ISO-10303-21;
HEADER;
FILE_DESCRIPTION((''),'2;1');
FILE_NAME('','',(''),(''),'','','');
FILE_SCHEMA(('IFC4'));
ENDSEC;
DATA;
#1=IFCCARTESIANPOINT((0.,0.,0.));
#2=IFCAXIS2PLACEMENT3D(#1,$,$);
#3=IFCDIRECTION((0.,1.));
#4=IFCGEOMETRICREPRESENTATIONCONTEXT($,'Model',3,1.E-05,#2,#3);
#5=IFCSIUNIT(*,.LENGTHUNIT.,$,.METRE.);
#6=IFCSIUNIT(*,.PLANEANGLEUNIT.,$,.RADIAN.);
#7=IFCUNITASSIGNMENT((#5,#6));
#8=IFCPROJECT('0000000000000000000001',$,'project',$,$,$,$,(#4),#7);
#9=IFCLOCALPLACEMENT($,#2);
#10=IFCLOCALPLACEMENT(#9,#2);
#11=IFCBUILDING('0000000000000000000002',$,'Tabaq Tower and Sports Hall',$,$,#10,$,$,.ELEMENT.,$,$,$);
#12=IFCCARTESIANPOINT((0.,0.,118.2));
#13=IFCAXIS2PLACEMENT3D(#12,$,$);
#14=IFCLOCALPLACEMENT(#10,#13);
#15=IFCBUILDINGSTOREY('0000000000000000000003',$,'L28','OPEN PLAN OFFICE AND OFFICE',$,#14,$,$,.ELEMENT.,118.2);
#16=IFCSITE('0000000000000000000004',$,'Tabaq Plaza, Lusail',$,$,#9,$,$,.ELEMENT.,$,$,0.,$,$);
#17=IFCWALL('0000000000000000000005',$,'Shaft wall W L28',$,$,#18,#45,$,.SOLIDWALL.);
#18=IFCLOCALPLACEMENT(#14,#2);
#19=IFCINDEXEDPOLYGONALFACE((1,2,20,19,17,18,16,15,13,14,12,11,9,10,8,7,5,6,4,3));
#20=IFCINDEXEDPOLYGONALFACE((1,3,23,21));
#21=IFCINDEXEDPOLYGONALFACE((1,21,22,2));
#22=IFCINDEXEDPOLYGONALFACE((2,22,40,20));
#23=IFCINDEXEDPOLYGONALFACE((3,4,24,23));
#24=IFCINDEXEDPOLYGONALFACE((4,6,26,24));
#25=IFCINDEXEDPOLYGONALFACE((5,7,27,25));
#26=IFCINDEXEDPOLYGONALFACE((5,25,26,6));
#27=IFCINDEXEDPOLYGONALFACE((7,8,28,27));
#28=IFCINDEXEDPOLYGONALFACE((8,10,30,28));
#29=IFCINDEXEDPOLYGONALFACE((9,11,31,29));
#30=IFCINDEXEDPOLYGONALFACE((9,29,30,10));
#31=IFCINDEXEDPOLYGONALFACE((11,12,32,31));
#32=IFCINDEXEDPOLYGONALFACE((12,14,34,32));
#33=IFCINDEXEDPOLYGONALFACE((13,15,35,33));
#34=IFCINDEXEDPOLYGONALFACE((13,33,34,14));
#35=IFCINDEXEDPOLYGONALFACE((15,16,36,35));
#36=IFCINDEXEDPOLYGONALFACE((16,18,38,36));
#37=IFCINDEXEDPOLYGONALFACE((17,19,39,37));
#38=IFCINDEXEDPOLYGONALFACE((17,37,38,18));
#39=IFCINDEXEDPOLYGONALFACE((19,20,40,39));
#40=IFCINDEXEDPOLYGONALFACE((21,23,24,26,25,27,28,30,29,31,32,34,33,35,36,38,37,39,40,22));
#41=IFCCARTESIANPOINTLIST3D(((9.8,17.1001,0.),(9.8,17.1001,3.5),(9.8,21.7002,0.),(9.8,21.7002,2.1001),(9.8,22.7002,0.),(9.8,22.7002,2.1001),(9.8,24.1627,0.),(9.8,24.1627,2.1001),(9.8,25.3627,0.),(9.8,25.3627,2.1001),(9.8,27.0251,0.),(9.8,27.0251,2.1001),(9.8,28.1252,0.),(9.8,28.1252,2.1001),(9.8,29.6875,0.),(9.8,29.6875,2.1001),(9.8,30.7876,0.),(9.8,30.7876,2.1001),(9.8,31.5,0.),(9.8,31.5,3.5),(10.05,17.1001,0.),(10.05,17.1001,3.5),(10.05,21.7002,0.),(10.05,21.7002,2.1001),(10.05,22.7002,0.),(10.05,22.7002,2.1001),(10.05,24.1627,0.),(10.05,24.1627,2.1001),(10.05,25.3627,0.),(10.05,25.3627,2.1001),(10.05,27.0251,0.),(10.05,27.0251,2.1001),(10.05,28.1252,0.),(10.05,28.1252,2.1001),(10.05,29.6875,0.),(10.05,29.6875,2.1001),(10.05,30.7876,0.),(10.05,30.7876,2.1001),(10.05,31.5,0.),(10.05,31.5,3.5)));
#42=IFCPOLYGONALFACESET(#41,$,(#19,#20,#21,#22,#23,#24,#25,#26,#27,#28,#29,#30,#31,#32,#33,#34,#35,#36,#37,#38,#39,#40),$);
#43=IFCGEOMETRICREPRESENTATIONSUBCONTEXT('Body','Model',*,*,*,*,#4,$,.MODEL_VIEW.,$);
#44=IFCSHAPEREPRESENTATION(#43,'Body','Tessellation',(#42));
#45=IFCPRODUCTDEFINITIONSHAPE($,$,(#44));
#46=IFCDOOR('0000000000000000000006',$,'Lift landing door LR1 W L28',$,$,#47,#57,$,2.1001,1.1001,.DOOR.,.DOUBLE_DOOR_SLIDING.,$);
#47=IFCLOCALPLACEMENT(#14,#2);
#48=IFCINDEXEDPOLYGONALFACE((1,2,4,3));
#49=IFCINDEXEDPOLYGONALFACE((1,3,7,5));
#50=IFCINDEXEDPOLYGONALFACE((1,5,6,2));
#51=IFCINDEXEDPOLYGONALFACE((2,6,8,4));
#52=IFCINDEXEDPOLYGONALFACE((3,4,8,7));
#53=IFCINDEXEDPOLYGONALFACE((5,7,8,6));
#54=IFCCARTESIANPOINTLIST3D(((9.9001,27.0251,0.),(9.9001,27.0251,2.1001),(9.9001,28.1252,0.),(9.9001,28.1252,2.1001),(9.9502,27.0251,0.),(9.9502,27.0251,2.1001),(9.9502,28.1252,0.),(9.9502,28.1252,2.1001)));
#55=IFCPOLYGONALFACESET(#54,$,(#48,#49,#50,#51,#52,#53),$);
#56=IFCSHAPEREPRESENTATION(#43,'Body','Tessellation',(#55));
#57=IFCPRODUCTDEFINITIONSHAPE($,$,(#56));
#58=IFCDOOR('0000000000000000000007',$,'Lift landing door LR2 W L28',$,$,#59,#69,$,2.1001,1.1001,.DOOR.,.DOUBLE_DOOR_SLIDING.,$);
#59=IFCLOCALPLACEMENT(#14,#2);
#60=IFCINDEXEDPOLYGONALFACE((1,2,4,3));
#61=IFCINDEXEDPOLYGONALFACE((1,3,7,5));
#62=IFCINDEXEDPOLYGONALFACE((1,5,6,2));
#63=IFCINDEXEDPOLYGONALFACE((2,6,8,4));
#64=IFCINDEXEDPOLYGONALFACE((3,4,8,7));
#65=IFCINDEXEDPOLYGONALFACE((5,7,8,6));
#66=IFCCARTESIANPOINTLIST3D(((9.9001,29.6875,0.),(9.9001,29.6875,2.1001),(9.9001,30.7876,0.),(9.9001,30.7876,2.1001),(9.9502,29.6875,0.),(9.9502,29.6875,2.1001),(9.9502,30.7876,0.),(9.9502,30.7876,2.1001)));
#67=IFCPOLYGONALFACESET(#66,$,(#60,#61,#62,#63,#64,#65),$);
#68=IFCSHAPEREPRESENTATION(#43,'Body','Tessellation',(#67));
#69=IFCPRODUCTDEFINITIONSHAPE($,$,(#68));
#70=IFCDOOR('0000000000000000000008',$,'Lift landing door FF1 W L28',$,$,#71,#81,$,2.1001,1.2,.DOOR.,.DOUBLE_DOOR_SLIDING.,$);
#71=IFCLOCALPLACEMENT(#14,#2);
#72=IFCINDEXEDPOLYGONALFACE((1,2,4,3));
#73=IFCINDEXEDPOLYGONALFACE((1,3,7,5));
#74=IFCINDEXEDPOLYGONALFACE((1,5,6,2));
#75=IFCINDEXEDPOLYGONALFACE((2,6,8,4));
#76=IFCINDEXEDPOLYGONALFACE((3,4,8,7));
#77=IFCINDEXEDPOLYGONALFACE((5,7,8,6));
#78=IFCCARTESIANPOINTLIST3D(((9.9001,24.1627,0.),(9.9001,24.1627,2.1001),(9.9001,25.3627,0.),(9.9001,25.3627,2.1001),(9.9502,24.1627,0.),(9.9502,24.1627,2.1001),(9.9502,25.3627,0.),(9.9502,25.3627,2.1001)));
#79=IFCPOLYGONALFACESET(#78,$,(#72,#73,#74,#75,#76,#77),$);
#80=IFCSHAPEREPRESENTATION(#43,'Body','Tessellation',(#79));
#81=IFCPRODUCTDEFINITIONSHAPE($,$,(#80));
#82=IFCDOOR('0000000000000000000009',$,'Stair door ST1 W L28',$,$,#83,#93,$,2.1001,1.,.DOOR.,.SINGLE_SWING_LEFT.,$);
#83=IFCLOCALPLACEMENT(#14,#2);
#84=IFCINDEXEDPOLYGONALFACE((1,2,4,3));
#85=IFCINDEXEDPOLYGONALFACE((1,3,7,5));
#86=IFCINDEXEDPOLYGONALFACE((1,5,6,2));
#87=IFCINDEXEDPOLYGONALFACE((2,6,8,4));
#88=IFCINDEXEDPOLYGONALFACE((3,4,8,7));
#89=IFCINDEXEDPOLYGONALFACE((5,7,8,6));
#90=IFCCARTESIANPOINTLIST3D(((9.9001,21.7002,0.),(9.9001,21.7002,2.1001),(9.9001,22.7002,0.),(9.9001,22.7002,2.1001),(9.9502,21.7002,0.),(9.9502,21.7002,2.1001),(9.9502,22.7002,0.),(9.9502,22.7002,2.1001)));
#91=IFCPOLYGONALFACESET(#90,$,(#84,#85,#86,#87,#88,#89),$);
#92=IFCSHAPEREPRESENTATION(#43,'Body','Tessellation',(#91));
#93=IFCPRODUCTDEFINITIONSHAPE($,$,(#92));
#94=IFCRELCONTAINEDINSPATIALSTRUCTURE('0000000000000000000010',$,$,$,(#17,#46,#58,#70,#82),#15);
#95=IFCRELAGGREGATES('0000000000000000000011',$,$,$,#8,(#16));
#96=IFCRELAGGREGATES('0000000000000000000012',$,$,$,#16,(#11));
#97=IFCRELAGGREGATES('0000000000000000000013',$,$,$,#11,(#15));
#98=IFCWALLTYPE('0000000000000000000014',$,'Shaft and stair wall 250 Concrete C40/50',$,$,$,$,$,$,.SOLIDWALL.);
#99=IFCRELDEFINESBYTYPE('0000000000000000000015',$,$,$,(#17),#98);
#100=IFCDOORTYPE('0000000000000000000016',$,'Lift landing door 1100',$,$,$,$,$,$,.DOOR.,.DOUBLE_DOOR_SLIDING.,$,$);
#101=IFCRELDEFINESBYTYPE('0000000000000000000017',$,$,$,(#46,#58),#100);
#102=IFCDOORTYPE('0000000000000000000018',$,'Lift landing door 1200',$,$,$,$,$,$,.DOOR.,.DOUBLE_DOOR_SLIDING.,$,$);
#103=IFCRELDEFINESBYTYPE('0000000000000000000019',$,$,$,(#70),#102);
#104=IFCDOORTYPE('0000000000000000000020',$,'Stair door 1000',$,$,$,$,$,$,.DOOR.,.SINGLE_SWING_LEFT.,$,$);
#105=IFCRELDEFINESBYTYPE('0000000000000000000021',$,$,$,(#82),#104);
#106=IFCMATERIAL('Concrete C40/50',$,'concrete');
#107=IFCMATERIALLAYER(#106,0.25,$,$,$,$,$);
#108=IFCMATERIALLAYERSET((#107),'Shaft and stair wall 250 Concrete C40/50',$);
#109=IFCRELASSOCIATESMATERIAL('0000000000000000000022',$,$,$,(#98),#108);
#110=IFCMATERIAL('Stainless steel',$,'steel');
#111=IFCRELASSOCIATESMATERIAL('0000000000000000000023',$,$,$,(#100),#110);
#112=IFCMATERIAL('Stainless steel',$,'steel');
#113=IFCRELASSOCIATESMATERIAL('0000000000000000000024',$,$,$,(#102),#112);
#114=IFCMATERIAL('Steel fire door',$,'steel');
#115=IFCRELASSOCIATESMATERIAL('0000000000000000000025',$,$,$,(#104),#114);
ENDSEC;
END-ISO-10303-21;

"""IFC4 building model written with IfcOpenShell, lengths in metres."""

from ifc_helpers import new_model, si_unit, direction, frame, frame_2d, origin, place, context, subcontext, project, spatial, rectangle, extrude, material, layer, layer_set, type_object, element, fill, save


model = new_model("IFC4")

# Units and contexts
model_context = context("Model", 3, precision=1e-05, world=origin(), true_north=direction((0.0, 1.0)))
body_context = subcontext(model_context, "Body", "Model", "MODEL_VIEW")
ifc_project = project(units=[si_unit("LENGTHUNIT", "METRE"), si_unit("PLANEANGLEUNIT", "RADIAN")], contexts=[model_context])

# Site, building, storey
site_placement = place(None, origin())
site = spatial("IfcSite", under=ifc_project, at=site_placement, Name="Tabaq Plaza, Lusail", CompositionType="ELEMENT", RefElevation=0.0)
building_placement = place(site_placement, origin())
building = spatial("IfcBuilding", under=site, at=building_placement, Name="Tabaq Tower and Sports Hall", CompositionType="ELEMENT")
storey_placement = place(building_placement, frame((0.0, 0.0, 118.2)))
storey = spatial("IfcBuildingStorey", under=building, at=storey_placement, Name="L28", Description="OPEN PLAN OFFICE AND OFFICE", CompositionType="ELEMENT", Elevation=118.2)

# Wall, openings, doors
ifc_material_1 = material(Name="Concrete C40/50", Category="concrete")
ifc_layer_1 = layer(ifc_material_1, 0.25)
ifc_layer_set_1 = layer_set([ifc_layer_1], Name="Shaft and stair wall 250 Concrete C40/50")
wall_type_1 = type_object("IfcWallType", Name="Shaft and stair wall 250 Concrete C40/50", PredefinedType="SOLIDWALL", material=ifc_layer_set_1)
wall_1_placement = place(storey_placement, frame((9.925, 17.1001, 0.0), z_axis=(0.0, 0.0, 1.0), x_axis=(0.0, 1.0, 0.0)))
wall_1 = element("IfcWall", 1, at=wall_1_placement, inside=storey, type_object=wall_type_1, Name="Shaft wall W L28", PredefinedType="SOLIDWALL", context=body_context, shape_type="SweptSolid", body=[
    extrude(rectangle(XDim=14.3999, YDim=0.25, at=frame_2d((7.2, 0.0))), origin(), (0.0, 0.0, 1.0), 3.5),
])
opening_1_placement = place(wall_1_placement, frame((4.6001, 0.0, 0.0)))
opening_1 = element("IfcOpeningElement", 2, at=opening_1_placement, cuts=wall_1, PredefinedType="OPENING", context=body_context, shape_type="SweptSolid", body=[
    extrude(rectangle(XDim=1.0, YDim=2.1001, at=frame_2d((0.5, 1.05))), frame((0.0, 0.125, 0.0), z_axis=(0.0, -1.0, 0.0), x_axis=(1.0, 0.0, 0.0)), (0.0, 0.0, 1.0), 0.25),
])
opening_2_placement = place(wall_1_placement, frame((7.0625, 0.0, 0.0)))
opening_2 = element("IfcOpeningElement", 3, at=opening_2_placement, cuts=wall_1, PredefinedType="OPENING", context=body_context, shape_type="SweptSolid", body=[
    extrude(rectangle(XDim=1.2, YDim=2.1001, at=frame_2d((0.6001, 1.05))), frame((0.0, 0.125, 0.0), z_axis=(0.0, -1.0, 0.0), x_axis=(1.0, 0.0, 0.0)), (0.0, 0.0, 1.0), 0.25),
])
opening_3_placement = place(wall_1_placement, frame((9.925, 0.0, 0.0)))
opening_3 = element("IfcOpeningElement", 4, at=opening_3_placement, cuts=wall_1, PredefinedType="OPENING", context=body_context, shape_type="SweptSolid", body=[
    extrude(rectangle(XDim=1.1001, YDim=2.1001, at=frame_2d((0.55, 1.05))), frame((0.0, 0.125, 0.0), z_axis=(0.0, -1.0, 0.0), x_axis=(1.0, 0.0, 0.0)), (0.0, 0.0, 1.0), 0.25),
])
opening_4_placement = place(wall_1_placement, frame((12.5874, 0.0, 0.0)))
opening_4 = element("IfcOpeningElement", 5, at=opening_4_placement, cuts=wall_1, PredefinedType="OPENING", context=body_context, shape_type="SweptSolid", body=[
    extrude(rectangle(XDim=1.1001, YDim=2.1001, at=frame_2d((0.55, 1.05))), frame((0.0, 0.125, 0.0), z_axis=(0.0, -1.0, 0.0), x_axis=(1.0, 0.0, 0.0)), (0.0, 0.0, 1.0), 0.25),
])
ifc_material_2 = material(Name="Stainless steel", Category="steel")
door_type_1 = type_object("IfcDoorType", Name="Lift landing door 1100", OperationType="DOUBLE_DOOR_SLIDING", PredefinedType="DOOR", material=ifc_material_2)
door_1_placement = place(opening_3_placement, origin())
door_1 = element("IfcDoor", 6, at=door_1_placement, inside=storey, type_object=door_type_1, Name="Lift landing door LR1 W L28", OperationType="DOUBLE_DOOR_SLIDING", OverallHeight=2.1001, OverallWidth=1.1001, PredefinedType="DOOR", context=body_context, shape_type="SweptSolid", body=[
    extrude(rectangle(XDim=1.1001, YDim=2.1001, at=frame_2d((0.55, 1.05))), frame((0.0, 0.0249, 0.0), z_axis=(0.0, -1.0, 0.0), x_axis=(1.0, 0.0, 0.0)), (0.0, 0.0, 1.0), 0.05),
])
fill(opening_3, door_1)
door_2_placement = place(opening_4_placement, origin())
door_2 = element("IfcDoor", 7, at=door_2_placement, inside=storey, type_object=door_type_1, Name="Lift landing door LR2 W L28", OperationType="DOUBLE_DOOR_SLIDING", OverallHeight=2.1001, OverallWidth=1.1001, PredefinedType="DOOR", context=body_context, shape_type="SweptSolid", body=[
    extrude(rectangle(XDim=1.1001, YDim=2.1001, at=frame_2d((0.55, 1.05))), frame((0.0, 0.0249, 0.0), z_axis=(0.0, -1.0, 0.0), x_axis=(1.0, 0.0, 0.0)), (0.0, 0.0, 1.0), 0.05),
])
fill(opening_4, door_2)
ifc_material_3 = material(Name="Stainless steel", Category="steel")
door_type_2 = type_object("IfcDoorType", Name="Lift landing door 1200", OperationType="DOUBLE_DOOR_SLIDING", PredefinedType="DOOR", material=ifc_material_3)
door_3_placement = place(opening_2_placement, origin())
door_3 = element("IfcDoor", 8, at=door_3_placement, inside=storey, type_object=door_type_2, Name="Lift landing door FF1 W L28", OperationType="DOUBLE_DOOR_SLIDING", OverallHeight=2.1001, OverallWidth=1.2, PredefinedType="DOOR", context=body_context, shape_type="SweptSolid", body=[
    extrude(rectangle(XDim=1.2, YDim=2.1001, at=frame_2d((0.6001, 1.05))), frame((0.0, 0.0249, 0.0), z_axis=(0.0, -1.0, 0.0), x_axis=(1.0, 0.0, 0.0)), (0.0, 0.0, 1.0), 0.05),
])
fill(opening_2, door_3)
ifc_material_4 = material(Name="Steel fire door", Category="steel")
door_type_3 = type_object("IfcDoorType", Name="Stair door 1000", OperationType="SINGLE_SWING_LEFT", PredefinedType="DOOR", material=ifc_material_4)
door_4_placement = place(opening_1_placement, origin())
door_4 = element("IfcDoor", 9, at=door_4_placement, inside=storey, type_object=door_type_3, Name="Stair door ST1 W L28", OperationType="SINGLE_SWING_LEFT", OverallHeight=2.1001, OverallWidth=1.0, PredefinedType="DOOR", context=body_context, shape_type="SweptSolid", body=[
    extrude(rectangle(XDim=1.0, YDim=2.1001, at=frame_2d((0.5, 1.05))), frame((0.0, 0.0249, 0.0), z_axis=(0.0, -1.0, 0.0), x_axis=(1.0, 0.0, 0.0)), (0.0, 0.0, 1.0), 0.05),
])
fill(opening_1, door_4)

save(model, "model.ifc")
